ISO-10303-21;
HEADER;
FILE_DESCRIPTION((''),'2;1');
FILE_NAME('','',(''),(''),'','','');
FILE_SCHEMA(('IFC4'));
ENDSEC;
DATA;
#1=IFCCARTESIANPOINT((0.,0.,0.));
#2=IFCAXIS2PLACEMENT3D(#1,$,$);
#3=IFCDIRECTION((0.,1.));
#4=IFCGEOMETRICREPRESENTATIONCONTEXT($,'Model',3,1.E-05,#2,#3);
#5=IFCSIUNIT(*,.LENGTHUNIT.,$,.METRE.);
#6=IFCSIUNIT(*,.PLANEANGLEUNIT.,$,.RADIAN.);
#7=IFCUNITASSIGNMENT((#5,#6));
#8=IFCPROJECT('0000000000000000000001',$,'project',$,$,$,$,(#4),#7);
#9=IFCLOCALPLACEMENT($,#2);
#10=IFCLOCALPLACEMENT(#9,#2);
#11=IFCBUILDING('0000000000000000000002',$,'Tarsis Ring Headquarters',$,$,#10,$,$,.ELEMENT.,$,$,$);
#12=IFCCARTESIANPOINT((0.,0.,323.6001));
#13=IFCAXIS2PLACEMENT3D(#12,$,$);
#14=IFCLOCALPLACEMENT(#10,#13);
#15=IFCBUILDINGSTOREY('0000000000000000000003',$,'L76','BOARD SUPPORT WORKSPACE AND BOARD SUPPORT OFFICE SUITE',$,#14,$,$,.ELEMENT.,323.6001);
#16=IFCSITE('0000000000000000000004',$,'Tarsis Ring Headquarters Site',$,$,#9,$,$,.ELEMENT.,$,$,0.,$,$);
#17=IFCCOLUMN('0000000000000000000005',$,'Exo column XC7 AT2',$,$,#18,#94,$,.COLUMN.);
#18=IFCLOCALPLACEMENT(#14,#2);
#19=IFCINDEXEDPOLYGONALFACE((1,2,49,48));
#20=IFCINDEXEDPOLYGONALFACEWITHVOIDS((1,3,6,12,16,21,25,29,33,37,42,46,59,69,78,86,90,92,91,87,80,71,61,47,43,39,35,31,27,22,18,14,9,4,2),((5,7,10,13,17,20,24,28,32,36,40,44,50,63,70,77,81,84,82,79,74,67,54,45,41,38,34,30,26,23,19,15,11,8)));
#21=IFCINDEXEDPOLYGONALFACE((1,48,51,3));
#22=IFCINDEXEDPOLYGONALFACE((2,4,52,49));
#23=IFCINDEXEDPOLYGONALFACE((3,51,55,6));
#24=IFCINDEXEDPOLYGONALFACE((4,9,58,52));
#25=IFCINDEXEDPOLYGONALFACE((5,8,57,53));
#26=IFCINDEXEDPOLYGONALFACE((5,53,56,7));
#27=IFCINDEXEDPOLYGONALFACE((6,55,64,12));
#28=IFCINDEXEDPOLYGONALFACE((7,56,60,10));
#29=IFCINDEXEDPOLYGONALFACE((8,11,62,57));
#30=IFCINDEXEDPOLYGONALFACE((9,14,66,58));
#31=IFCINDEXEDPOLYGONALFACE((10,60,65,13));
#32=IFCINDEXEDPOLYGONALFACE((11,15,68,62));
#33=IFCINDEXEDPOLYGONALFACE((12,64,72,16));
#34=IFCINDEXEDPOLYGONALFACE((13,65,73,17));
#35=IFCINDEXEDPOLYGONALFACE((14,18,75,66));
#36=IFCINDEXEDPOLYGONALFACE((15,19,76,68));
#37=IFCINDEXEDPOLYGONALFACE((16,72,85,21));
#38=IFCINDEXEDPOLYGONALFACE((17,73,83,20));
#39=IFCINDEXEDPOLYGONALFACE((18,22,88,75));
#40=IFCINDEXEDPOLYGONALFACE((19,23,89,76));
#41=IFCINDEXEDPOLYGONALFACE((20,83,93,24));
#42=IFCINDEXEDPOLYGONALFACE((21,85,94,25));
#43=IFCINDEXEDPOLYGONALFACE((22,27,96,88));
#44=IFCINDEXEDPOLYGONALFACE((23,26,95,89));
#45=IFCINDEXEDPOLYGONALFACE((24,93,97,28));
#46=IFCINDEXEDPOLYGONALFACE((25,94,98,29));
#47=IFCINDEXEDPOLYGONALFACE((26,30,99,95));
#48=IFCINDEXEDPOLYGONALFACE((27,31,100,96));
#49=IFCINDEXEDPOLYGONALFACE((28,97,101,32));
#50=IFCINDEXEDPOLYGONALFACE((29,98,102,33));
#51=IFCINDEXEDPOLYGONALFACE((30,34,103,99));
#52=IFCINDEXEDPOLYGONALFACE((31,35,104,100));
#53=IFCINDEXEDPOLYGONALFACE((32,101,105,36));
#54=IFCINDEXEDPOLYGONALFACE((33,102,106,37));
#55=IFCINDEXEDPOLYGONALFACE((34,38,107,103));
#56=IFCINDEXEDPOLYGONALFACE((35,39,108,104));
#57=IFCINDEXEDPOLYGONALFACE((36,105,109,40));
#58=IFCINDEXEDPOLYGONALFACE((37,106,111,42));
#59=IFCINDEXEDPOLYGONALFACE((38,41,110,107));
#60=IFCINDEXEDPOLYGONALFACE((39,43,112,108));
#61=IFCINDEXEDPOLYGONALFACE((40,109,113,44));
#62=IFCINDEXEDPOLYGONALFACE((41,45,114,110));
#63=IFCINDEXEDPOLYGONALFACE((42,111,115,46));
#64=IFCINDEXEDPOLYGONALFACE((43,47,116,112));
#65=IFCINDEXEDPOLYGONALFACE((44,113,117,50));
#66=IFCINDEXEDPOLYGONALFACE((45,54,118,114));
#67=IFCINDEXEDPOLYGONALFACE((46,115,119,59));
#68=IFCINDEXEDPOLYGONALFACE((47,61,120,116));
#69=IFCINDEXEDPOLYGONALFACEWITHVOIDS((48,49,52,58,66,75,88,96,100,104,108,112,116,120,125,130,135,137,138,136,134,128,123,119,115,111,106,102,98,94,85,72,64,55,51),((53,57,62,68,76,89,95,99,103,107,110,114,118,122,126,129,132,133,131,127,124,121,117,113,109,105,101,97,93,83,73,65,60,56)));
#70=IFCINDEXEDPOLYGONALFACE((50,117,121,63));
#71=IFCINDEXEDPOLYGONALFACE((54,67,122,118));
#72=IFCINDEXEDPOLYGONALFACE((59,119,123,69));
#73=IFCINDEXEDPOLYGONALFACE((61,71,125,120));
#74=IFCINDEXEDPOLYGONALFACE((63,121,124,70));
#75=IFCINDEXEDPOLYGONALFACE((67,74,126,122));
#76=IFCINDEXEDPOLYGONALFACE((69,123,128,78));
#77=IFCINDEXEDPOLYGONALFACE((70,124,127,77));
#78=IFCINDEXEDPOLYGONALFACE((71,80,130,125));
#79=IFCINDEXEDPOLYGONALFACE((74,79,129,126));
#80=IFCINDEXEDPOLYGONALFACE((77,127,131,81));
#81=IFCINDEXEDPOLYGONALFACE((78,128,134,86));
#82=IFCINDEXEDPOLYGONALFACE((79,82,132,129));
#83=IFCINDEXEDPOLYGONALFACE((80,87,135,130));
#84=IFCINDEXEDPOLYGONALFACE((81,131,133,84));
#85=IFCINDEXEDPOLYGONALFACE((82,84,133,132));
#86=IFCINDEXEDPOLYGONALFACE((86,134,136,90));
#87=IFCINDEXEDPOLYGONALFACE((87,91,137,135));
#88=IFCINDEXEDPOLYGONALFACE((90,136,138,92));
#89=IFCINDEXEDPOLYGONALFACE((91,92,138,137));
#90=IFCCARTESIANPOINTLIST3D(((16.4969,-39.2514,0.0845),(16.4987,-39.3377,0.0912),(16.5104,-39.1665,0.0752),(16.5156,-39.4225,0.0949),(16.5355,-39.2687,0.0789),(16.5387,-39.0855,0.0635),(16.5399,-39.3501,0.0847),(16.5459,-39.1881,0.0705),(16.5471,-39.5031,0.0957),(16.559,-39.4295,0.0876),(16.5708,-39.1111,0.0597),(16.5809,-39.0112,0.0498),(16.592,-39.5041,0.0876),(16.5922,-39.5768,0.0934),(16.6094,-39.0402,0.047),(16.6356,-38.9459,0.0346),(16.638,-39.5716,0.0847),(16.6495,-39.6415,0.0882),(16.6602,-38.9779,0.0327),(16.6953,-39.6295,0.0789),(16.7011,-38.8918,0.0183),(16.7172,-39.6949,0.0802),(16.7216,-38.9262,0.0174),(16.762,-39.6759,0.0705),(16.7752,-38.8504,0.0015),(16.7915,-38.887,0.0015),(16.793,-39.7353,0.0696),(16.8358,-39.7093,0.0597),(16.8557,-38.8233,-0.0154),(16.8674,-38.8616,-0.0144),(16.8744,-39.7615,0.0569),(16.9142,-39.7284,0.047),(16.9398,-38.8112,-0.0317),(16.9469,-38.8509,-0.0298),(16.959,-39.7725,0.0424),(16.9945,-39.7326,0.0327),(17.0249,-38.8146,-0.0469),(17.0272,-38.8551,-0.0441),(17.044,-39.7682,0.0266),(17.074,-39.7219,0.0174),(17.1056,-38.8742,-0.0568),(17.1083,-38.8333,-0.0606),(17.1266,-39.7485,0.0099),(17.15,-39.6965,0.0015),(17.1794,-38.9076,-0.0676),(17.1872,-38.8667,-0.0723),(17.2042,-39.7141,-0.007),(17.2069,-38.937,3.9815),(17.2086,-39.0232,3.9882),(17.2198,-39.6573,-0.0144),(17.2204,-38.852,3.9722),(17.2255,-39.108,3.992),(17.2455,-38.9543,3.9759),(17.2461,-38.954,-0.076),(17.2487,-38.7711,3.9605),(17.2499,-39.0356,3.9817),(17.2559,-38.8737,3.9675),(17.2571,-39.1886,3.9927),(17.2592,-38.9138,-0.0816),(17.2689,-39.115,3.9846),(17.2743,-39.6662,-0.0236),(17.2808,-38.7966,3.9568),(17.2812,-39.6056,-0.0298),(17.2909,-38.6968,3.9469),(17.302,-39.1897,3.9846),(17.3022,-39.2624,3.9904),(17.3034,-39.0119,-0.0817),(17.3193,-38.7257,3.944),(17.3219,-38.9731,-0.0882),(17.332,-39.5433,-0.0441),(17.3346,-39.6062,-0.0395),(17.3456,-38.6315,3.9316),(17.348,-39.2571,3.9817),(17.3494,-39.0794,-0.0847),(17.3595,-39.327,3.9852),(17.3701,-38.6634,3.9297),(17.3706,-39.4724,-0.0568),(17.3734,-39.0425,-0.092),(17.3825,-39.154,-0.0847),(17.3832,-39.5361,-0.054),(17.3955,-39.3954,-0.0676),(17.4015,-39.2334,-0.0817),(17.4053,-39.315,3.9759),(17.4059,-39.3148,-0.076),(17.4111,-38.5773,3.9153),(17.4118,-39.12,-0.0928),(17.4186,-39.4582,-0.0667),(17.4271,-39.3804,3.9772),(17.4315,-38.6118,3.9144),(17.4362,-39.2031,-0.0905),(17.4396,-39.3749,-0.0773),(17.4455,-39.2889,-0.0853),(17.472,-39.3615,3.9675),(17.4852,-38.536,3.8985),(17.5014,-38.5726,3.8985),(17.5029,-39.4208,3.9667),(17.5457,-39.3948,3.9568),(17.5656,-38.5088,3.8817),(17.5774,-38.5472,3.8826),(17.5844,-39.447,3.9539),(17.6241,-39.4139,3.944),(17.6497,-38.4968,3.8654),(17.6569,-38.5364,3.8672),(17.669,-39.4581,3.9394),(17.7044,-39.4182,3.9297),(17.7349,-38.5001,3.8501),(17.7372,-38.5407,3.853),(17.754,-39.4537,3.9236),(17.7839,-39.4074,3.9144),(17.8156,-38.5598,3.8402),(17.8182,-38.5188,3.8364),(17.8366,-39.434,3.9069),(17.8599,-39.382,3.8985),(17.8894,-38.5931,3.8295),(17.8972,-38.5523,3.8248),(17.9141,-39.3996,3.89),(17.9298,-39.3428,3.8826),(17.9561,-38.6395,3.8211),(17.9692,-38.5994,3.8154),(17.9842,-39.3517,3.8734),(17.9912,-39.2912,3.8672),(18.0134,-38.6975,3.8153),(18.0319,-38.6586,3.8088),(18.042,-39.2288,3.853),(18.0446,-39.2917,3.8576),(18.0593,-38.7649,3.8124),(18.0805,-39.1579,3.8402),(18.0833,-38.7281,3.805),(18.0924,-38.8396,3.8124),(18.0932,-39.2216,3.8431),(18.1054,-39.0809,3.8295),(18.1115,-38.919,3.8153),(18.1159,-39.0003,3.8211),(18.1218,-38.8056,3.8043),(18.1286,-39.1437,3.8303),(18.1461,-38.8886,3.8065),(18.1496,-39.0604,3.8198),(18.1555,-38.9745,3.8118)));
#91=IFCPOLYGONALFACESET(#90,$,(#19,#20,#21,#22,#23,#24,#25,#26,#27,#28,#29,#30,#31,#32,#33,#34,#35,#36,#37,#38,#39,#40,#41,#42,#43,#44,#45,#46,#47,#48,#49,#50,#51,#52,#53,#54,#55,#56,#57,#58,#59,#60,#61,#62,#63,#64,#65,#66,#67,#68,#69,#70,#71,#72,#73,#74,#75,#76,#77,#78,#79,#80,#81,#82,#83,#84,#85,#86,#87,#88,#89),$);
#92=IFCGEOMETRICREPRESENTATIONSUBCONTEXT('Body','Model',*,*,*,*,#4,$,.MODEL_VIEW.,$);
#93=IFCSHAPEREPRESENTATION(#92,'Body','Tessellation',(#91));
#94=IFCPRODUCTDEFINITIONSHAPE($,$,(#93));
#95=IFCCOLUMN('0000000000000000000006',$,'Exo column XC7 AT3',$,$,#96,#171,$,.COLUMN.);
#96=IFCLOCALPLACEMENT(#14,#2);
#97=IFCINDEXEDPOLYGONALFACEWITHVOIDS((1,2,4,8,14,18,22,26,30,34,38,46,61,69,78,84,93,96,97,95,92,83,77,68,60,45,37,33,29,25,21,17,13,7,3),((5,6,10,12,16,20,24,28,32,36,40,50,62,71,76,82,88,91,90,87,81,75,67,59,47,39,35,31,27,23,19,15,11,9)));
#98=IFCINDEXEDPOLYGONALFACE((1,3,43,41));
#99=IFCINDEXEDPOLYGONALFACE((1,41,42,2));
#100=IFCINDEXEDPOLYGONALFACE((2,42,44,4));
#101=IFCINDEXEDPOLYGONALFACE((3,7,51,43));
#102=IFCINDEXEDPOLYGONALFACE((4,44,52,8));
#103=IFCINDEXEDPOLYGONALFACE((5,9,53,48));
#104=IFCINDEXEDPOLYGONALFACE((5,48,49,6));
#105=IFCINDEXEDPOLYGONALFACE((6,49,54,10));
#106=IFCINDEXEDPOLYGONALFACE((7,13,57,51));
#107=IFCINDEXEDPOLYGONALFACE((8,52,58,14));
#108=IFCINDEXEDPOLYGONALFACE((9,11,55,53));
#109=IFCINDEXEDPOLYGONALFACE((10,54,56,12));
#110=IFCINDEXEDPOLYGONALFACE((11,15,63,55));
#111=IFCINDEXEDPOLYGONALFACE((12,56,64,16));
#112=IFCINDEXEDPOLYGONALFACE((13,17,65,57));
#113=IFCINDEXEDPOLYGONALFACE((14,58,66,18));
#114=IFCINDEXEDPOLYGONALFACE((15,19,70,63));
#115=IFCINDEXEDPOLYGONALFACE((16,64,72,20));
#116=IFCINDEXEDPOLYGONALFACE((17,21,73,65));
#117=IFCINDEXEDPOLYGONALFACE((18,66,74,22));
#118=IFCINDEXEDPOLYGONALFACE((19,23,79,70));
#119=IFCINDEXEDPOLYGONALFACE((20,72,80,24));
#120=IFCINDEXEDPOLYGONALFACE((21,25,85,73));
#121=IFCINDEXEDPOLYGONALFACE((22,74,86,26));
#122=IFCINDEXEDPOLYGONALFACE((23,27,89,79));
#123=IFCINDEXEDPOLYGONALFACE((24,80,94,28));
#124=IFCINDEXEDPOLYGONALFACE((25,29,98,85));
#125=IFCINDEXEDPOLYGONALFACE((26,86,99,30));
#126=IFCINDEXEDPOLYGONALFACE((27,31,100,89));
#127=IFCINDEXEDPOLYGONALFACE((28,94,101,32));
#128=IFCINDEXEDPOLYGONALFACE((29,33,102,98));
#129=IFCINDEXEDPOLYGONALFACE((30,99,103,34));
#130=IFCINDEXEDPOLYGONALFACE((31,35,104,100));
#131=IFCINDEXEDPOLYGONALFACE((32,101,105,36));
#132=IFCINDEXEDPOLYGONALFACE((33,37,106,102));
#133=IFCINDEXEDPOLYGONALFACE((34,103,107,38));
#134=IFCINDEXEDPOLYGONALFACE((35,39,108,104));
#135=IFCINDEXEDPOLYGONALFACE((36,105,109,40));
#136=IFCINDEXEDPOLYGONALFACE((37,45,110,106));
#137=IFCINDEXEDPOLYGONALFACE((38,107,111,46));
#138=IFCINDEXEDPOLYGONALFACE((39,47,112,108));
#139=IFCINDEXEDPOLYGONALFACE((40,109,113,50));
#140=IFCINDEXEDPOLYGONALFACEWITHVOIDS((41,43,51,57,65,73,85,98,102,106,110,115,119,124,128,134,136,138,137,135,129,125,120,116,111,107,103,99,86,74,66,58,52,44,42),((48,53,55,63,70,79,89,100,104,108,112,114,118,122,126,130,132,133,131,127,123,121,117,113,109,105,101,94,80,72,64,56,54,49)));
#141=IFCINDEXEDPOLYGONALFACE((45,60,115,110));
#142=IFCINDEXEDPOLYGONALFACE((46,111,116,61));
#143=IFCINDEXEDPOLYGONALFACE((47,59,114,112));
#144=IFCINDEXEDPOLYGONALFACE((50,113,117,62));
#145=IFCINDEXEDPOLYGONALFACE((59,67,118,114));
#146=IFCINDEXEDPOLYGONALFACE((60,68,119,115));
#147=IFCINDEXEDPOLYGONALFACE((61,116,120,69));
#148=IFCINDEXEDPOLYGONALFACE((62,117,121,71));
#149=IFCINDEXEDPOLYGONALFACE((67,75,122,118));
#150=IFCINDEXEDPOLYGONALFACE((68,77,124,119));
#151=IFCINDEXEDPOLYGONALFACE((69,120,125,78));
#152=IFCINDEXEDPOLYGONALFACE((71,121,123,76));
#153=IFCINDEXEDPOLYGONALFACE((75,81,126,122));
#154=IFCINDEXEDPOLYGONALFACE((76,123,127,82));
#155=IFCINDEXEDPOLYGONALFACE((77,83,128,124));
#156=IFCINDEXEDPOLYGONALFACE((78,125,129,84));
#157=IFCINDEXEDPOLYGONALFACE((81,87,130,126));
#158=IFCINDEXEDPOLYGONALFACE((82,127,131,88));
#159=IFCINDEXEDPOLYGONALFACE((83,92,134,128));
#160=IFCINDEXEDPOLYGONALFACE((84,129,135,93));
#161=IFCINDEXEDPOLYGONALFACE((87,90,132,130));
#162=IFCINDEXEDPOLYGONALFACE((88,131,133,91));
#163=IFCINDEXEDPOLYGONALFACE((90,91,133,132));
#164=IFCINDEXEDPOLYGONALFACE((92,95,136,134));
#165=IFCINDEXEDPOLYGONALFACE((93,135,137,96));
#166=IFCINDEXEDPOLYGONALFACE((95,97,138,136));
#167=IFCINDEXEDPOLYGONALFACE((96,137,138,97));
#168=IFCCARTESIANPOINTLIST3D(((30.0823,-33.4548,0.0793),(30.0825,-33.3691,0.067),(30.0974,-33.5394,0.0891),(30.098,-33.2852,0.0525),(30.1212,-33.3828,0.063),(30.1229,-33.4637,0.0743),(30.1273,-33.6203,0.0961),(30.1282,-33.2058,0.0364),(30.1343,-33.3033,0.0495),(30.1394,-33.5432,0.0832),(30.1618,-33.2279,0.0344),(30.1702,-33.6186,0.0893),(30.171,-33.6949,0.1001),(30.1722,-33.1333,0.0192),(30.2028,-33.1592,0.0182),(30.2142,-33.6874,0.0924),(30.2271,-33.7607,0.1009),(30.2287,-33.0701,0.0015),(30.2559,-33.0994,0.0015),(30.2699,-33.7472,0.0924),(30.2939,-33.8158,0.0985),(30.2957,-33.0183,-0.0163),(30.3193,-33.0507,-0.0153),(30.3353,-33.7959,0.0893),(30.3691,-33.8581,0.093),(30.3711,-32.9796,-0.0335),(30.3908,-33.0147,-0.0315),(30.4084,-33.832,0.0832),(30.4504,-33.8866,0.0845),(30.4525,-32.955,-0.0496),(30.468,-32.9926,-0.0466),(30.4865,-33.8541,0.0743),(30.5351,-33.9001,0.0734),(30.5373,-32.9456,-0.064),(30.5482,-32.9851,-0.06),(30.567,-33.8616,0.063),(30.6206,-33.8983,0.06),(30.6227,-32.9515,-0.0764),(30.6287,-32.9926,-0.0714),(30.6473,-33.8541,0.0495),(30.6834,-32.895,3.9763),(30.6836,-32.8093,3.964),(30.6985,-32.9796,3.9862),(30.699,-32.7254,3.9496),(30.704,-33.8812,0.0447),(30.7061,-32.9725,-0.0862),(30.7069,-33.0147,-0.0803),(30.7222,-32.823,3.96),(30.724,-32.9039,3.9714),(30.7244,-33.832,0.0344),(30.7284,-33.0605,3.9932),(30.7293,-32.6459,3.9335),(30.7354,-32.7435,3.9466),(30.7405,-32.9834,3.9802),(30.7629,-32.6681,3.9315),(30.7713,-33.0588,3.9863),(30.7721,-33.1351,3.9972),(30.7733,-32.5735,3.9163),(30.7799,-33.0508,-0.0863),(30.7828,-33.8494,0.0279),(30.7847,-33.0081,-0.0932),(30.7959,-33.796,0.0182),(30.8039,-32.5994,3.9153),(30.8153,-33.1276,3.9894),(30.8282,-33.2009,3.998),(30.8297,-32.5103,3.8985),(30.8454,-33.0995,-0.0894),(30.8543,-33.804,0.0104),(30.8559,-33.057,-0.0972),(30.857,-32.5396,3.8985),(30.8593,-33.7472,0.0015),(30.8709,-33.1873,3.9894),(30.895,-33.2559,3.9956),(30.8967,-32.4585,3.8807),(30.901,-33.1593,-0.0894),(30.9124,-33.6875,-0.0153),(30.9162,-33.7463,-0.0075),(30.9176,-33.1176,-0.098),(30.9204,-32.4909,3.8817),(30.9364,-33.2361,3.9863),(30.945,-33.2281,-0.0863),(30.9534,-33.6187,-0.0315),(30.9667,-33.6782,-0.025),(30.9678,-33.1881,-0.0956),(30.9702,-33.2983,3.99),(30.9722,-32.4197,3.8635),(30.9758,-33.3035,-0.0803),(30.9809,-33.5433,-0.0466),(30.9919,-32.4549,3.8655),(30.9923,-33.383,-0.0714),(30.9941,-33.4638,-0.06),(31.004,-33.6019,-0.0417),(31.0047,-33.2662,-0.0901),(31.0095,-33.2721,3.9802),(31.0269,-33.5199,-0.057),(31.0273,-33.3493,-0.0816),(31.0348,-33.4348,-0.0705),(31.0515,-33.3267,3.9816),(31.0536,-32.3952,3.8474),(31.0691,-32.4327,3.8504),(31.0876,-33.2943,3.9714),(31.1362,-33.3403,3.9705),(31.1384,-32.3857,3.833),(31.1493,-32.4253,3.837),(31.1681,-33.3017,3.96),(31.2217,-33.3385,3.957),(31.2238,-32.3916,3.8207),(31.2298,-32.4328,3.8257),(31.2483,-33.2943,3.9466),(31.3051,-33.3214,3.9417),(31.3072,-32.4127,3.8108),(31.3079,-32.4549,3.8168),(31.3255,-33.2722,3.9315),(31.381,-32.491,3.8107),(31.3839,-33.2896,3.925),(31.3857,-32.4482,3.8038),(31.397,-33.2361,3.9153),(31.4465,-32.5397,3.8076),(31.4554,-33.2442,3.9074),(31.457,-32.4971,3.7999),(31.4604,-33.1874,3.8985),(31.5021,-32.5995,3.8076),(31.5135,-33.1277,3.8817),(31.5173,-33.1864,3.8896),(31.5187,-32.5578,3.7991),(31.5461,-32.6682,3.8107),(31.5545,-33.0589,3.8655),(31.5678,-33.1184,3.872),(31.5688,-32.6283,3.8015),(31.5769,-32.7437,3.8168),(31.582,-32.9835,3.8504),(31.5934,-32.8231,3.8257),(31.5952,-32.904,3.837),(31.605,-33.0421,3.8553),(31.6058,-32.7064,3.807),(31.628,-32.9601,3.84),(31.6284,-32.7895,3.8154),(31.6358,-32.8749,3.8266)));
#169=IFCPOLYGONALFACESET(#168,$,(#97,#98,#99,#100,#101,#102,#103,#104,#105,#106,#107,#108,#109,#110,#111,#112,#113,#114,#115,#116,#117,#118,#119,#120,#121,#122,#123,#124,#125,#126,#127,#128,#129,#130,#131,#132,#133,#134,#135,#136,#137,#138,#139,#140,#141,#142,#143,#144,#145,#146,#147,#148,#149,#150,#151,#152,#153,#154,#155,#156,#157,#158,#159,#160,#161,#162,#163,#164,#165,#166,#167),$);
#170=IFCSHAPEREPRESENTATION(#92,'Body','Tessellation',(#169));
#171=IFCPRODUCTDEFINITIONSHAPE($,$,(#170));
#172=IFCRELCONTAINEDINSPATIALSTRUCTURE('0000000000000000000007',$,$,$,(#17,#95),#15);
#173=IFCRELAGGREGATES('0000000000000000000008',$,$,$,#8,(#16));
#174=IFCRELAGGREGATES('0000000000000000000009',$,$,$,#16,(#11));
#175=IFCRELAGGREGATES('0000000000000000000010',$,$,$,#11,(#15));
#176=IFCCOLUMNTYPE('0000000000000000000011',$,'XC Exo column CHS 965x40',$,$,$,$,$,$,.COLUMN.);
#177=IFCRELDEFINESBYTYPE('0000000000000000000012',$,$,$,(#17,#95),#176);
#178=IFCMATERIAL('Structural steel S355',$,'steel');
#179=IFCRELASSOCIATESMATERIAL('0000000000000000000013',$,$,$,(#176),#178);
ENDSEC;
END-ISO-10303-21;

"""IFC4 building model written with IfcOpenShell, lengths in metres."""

from ifc_helpers import new_model, si_unit, direction, frame, origin, origin_2d, place, context, subcontext, project, spatial, hollow_circle, extrude, material, material_profile, profile_set, type_object, element, save


model = new_model("IFC4")

# Units and contexts
model_context = context("Model", 3, precision=1e-05, world=origin(), true_north=direction((0.0, 1.0)))
body_context = subcontext(model_context, "Body", "Model", "MODEL_VIEW")
ifc_project = project(units=[si_unit("LENGTHUNIT", "METRE"), si_unit("PLANEANGLEUNIT", "RADIAN")], contexts=[model_context])

# Site, building, storey
site_placement = place(None, origin())
site = spatial("IfcSite", under=ifc_project, at=site_placement, Name="Tarsis Ring Headquarters Site", CompositionType="ELEMENT", RefElevation=0.0)
building_placement = place(site_placement, origin())
building = spatial("IfcBuilding", under=site, at=building_placement, Name="Tarsis Ring Headquarters", CompositionType="ELEMENT")
storey_placement = place(building_placement, frame((0.0, 0.0, 323.6001)))
storey = spatial("IfcBuildingStorey", under=building, at=storey_placement, Name="L76", Description="BOARD SUPPORT WORKSPACE AND BOARD SUPPORT OFFICE SUITE", CompositionType="ELEMENT", Elevation=323.6001)

# Columns
ifc_material_1 = material(Name="Structural steel S355", Category="steel")
ifc_material_profile_1 = material_profile(ifc_material_1, hollow_circle(Radius=0.4827, WallThickness=0.04, at=origin_2d()), Name="CHS 965x40")
ifc_profile_set_1 = profile_set([ifc_material_profile_1], Name="Structural steel S355")
column_type = type_object("IfcColumnType", Name="XC Exo column CHS 965x40", PredefinedType="COLUMN", material=ifc_profile_set_1)
column_1_placement = place(storey_placement, frame((16.9707, -39.2917, 0.0015), z_axis=(0.17867, 0.079136, 0.980721), x_axis=(-0.404971, 0.914329, 0.0)))
element("IfcColumn", 1, at=column_1_placement, inside=storey, type_object=column_type, Name="Exo column XC7 AT2", PredefinedType="COLUMN", context=body_context, shape_type="SweptSolid", body=[
    extrude(hollow_circle(Radius=0.4827, WallThickness=0.04, at=origin_2d()), origin(), (0.0, 0.0, 1.0), 3.9736),
])
column_2_placement = place(storey_placement, frame((30.5576, -33.4233, 0.0015), z_axis=(0.150925, 0.140565, 0.9785), x_axis=(-0.681545, 0.731776, 0.0)))
element("IfcColumn", 2, at=column_2_placement, inside=storey, type_object=column_type, Name="Exo column XC7 AT3", PredefinedType="COLUMN", context=body_context, shape_type="SweptSolid", body=[
    extrude(hollow_circle(Radius=0.4827, WallThickness=0.04, at=origin_2d()), origin(), (0.0, 0.0, 1.0), 3.9827),
])

save(model, "model.ifc")
